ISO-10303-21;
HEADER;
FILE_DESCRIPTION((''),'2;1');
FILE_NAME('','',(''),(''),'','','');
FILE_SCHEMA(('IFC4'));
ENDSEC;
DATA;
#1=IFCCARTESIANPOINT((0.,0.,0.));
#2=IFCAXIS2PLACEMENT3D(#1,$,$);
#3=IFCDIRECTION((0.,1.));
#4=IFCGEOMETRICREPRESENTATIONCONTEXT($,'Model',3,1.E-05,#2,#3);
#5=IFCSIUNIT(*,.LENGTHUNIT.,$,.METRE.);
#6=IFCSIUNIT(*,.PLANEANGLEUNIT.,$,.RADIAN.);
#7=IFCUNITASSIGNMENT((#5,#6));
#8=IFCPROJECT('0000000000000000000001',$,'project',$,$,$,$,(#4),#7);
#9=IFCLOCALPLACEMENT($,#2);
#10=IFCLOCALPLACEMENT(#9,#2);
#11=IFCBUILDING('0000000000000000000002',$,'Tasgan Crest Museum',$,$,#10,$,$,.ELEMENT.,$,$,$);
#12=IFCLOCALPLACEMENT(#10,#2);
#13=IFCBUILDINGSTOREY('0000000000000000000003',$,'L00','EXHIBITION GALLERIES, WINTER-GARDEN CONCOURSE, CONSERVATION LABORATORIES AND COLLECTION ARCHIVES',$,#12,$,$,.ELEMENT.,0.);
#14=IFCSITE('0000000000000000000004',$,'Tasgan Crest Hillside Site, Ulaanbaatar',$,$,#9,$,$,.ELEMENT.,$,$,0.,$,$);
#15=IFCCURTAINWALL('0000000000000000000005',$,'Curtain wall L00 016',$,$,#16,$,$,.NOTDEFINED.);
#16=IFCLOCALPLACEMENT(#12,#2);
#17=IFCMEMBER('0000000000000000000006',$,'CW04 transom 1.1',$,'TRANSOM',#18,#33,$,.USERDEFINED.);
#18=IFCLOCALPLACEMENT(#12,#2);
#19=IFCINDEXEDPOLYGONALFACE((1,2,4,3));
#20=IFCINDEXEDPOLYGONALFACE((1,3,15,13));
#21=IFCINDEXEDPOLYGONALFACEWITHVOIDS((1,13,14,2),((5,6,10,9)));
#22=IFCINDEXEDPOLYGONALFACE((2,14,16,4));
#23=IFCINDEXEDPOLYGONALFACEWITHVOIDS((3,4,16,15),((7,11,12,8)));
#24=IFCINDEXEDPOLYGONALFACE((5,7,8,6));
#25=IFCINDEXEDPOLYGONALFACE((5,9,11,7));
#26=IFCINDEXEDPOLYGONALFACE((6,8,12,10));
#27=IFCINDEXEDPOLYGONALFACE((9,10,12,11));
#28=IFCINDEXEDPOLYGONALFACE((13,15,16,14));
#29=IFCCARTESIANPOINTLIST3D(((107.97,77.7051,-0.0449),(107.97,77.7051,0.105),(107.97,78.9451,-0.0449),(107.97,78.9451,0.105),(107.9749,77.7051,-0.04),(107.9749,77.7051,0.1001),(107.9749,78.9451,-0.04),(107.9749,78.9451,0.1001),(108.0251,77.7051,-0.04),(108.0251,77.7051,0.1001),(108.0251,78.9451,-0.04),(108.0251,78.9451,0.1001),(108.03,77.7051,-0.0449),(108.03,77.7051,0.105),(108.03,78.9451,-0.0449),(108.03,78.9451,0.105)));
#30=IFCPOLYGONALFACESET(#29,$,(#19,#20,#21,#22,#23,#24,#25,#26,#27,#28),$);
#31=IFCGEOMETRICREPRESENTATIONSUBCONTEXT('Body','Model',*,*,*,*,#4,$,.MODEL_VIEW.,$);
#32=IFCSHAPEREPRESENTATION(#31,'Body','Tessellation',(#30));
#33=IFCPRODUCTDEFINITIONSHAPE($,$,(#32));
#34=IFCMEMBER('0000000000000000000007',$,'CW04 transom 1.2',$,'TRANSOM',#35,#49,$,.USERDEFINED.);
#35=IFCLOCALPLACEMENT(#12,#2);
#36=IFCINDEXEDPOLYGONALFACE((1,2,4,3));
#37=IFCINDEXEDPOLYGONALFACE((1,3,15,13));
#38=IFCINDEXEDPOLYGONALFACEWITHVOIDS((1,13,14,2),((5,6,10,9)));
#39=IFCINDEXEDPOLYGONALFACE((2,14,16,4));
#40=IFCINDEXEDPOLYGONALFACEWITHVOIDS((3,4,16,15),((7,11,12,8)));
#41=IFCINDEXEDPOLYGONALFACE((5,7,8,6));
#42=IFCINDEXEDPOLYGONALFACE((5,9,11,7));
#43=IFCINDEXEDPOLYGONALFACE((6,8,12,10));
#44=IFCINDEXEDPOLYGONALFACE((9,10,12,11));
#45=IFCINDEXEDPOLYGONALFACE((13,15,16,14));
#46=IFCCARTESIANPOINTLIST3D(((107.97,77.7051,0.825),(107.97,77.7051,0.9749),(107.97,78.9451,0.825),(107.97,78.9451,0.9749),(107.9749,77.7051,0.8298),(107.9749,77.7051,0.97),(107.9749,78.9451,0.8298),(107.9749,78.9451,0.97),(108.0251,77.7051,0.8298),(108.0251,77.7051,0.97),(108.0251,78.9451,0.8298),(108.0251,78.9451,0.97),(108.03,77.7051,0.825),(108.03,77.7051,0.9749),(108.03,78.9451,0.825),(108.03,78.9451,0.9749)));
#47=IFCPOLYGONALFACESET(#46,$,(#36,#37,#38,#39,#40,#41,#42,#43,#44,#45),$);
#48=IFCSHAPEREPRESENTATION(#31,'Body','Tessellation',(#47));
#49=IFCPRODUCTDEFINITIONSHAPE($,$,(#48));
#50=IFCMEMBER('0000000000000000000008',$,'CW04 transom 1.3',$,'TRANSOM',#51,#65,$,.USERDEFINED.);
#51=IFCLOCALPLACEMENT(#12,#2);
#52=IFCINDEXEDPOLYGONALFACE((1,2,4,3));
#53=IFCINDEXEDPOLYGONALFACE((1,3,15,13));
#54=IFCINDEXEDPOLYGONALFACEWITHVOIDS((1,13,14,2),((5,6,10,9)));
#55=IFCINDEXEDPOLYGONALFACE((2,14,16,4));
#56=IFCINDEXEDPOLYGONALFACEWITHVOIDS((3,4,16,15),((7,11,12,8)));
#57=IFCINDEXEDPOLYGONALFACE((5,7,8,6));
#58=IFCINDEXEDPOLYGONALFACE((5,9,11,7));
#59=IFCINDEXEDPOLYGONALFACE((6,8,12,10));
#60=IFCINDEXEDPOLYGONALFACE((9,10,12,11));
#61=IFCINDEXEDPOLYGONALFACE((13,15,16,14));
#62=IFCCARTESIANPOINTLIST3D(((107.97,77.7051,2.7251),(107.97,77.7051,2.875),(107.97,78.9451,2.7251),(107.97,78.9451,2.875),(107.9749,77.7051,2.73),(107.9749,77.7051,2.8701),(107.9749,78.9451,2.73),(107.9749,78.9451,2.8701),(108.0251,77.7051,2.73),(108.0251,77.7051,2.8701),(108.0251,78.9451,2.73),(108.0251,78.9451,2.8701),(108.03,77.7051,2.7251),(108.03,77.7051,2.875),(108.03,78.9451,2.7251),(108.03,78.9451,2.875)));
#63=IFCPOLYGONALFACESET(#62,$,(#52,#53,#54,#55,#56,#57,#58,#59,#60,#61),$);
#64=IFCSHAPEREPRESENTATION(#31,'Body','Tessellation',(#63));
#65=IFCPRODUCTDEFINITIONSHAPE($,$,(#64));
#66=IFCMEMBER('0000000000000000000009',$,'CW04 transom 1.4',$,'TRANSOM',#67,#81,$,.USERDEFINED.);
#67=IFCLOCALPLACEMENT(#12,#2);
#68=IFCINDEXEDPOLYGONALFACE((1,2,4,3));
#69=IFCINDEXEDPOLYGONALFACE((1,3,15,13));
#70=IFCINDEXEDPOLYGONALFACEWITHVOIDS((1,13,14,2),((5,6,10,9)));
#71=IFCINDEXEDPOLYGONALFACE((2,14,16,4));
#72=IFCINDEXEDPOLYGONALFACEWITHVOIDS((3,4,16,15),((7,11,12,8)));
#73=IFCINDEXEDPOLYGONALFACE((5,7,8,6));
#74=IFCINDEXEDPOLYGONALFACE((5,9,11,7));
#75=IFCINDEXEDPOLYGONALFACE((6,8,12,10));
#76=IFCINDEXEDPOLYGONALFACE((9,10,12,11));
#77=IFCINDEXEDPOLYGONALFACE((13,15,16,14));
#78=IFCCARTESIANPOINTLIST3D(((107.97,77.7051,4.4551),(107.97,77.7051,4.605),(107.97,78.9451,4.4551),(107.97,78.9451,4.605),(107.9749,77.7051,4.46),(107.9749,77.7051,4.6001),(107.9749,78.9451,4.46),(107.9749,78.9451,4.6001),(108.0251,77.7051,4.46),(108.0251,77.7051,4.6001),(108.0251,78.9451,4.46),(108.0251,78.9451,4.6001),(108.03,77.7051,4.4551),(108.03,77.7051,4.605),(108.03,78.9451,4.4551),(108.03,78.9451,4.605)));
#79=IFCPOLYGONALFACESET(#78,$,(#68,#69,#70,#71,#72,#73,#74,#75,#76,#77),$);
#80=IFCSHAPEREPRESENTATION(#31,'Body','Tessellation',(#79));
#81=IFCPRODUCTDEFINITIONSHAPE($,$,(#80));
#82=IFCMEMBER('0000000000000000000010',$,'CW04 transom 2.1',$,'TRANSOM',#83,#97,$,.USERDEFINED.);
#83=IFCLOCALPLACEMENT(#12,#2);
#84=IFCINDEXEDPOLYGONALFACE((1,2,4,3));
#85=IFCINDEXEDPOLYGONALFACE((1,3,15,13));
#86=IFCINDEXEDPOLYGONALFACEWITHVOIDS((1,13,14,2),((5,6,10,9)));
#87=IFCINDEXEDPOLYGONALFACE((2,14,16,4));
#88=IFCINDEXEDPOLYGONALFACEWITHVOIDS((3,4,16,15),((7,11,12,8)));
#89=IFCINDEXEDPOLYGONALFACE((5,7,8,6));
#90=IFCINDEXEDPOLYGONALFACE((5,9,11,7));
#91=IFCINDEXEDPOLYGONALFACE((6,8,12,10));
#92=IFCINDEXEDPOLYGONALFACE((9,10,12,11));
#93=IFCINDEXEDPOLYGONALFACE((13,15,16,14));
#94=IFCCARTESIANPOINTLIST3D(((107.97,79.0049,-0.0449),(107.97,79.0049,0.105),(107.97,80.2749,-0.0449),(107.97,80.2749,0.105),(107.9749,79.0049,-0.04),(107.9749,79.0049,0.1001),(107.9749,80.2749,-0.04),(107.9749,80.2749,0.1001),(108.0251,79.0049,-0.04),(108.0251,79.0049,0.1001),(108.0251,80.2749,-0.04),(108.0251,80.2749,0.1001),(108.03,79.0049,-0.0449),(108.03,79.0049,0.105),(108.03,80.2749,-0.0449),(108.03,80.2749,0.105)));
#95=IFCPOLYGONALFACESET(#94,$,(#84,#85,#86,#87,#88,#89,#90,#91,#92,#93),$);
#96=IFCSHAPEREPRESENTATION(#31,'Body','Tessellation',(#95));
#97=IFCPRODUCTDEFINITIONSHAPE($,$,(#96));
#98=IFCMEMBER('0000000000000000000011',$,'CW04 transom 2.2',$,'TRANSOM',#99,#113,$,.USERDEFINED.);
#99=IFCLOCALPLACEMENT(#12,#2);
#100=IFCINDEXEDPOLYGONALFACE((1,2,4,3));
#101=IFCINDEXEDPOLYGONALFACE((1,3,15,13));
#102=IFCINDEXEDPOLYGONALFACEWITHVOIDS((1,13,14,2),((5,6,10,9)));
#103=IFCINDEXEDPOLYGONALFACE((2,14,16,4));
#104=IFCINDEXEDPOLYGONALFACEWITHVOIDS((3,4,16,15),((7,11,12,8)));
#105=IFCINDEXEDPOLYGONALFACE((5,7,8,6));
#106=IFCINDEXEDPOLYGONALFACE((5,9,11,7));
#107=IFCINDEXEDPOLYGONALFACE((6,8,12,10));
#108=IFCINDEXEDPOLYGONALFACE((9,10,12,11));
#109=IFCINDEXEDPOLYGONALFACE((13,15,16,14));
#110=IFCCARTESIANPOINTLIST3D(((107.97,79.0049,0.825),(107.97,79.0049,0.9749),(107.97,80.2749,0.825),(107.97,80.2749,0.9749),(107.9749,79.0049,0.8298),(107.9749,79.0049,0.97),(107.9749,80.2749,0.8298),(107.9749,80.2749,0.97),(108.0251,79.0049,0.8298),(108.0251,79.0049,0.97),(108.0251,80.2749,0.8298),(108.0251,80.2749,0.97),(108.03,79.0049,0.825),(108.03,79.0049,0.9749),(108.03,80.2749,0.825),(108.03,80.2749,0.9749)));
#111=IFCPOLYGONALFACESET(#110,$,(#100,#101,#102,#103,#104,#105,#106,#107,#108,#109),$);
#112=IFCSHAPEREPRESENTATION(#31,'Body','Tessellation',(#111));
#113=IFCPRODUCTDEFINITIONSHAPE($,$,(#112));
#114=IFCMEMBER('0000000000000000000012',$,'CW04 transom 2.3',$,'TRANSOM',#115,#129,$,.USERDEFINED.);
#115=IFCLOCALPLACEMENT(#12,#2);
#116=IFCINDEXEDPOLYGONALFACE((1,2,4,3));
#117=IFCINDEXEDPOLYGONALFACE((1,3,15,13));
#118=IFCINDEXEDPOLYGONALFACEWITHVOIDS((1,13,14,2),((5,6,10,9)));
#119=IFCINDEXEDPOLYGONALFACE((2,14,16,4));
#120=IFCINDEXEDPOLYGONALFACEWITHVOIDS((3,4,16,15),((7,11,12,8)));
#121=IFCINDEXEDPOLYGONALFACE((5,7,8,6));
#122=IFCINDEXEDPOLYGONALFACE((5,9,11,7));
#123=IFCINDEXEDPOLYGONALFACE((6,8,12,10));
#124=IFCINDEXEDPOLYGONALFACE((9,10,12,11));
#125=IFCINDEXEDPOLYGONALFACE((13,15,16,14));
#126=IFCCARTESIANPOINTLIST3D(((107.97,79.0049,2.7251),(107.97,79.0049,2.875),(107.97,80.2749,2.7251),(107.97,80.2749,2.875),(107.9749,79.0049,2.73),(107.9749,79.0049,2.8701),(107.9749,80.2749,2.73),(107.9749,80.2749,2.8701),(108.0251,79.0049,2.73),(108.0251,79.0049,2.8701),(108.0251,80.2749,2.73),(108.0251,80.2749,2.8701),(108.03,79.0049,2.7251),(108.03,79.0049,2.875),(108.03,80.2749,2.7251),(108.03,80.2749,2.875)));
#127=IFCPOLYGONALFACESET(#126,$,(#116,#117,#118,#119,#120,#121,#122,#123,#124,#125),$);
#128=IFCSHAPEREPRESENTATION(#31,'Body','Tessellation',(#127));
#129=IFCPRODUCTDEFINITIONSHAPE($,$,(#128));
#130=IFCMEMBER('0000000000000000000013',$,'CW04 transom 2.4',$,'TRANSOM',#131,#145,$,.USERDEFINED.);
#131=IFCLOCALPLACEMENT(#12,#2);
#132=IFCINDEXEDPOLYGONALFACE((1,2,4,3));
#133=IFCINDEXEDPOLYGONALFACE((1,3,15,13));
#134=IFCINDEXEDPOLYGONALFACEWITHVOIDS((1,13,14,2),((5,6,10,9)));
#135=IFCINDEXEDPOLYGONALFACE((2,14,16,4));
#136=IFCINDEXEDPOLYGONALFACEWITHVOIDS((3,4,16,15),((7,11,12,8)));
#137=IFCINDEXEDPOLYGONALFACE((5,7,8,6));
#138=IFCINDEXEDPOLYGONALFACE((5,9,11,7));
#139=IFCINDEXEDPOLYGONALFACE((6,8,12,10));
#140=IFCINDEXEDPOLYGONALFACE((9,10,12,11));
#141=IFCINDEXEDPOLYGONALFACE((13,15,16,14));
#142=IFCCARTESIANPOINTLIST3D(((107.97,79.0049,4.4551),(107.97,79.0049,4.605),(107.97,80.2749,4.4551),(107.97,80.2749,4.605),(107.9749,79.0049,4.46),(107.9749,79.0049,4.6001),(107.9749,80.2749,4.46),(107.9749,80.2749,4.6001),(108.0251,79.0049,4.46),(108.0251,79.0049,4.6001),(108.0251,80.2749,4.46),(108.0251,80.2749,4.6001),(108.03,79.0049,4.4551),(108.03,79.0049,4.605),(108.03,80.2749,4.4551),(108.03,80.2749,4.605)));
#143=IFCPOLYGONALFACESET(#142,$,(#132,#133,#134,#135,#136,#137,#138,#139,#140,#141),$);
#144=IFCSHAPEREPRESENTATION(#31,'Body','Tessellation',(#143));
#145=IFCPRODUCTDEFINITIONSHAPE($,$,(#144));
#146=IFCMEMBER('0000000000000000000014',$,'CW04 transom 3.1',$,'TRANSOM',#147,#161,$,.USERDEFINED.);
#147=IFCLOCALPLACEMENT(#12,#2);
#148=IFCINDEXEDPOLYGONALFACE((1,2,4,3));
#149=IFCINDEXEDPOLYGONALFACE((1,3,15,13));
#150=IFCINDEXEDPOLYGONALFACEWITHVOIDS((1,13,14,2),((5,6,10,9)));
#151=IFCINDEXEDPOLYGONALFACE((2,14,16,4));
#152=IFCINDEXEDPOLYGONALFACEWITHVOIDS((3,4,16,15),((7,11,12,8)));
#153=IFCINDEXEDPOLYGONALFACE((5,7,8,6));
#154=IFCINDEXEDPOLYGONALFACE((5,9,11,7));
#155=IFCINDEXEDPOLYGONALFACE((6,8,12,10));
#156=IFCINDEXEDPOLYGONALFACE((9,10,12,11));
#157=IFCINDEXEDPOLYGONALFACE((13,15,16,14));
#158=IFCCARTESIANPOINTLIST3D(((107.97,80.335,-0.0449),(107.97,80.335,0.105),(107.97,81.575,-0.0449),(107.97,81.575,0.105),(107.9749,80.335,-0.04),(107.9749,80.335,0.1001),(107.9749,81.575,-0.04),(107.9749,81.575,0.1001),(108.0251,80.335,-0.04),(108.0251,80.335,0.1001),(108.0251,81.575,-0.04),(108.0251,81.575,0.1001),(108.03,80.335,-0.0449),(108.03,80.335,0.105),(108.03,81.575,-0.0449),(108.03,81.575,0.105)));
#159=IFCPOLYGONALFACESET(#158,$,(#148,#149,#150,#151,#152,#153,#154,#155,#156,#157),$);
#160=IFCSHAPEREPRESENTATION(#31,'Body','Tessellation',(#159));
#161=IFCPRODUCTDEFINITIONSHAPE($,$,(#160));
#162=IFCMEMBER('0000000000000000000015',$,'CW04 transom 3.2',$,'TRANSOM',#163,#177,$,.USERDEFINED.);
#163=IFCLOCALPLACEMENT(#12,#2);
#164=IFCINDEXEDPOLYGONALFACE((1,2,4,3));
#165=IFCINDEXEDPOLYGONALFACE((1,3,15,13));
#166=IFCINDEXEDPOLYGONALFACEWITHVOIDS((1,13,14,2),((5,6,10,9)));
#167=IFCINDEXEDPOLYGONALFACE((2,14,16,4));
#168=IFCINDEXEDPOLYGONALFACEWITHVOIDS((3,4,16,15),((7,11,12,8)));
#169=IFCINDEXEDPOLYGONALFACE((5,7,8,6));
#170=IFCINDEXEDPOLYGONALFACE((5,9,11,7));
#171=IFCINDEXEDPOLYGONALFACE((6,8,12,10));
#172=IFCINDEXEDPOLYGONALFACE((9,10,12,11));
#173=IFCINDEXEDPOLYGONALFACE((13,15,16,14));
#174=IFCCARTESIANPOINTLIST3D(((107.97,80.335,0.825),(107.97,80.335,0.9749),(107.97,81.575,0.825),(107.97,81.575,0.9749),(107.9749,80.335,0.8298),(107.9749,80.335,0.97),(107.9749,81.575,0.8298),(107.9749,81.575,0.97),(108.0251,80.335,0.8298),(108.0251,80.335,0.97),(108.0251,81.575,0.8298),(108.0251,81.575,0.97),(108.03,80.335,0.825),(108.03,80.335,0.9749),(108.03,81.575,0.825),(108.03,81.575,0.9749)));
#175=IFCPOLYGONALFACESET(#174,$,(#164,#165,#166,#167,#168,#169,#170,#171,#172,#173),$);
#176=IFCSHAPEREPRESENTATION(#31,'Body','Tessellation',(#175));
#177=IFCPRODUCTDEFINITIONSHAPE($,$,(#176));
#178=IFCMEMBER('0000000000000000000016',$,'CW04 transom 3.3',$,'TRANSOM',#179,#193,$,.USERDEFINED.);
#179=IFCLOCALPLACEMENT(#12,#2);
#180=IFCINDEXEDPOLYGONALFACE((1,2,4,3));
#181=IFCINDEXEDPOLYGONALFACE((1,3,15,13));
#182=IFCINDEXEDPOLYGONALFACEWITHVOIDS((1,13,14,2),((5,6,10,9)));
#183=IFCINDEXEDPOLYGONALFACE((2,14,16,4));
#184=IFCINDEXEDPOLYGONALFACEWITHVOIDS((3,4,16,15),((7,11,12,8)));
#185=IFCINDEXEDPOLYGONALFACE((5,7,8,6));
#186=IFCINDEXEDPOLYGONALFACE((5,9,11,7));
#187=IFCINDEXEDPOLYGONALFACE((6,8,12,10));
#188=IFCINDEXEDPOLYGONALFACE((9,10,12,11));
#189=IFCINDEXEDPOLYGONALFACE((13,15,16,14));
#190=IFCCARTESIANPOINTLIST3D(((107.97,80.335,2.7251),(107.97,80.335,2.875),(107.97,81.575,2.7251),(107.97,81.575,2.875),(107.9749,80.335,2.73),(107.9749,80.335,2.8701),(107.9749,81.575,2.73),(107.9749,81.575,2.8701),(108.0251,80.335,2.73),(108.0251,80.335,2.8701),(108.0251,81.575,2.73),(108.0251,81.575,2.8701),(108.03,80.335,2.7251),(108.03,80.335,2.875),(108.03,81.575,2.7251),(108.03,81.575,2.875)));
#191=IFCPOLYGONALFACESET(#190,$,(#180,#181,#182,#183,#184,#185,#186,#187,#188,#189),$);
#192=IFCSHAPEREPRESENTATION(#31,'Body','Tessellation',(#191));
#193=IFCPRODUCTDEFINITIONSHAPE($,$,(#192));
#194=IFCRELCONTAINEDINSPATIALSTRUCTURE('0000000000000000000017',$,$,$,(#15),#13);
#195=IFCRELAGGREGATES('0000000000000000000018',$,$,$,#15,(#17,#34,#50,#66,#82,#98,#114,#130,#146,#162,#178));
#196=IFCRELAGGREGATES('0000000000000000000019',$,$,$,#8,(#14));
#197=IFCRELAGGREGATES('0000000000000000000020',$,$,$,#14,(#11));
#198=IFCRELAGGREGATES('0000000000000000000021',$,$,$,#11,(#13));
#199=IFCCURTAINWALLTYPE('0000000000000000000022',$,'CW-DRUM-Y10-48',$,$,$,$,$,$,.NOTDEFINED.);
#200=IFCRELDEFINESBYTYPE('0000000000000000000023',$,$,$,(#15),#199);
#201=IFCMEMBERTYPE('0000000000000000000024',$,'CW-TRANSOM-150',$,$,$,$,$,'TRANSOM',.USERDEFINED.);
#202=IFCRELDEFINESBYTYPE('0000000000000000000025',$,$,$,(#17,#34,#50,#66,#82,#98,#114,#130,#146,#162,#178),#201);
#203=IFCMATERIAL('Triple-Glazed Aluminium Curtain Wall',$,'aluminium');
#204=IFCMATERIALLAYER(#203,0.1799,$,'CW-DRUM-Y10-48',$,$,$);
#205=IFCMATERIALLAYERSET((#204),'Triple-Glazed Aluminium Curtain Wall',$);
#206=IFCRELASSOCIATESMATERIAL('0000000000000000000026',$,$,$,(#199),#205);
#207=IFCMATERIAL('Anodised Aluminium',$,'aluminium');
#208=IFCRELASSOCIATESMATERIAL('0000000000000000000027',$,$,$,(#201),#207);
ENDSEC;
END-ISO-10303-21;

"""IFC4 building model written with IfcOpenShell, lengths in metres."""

from ifc_helpers import new_model, si_unit, direction, frame, origin, origin_2d, place, context, subcontext, project, spatial, hollow_rectangle, extrude, material, layer, layer_set, material_profile, profile_set, type_object, element, aggregate, save


model = new_model("IFC4")

# Units and contexts
model_context = context("Model", 3, precision=1e-05, world=origin(), true_north=direction((0.0, 1.0)))
body_context = subcontext(model_context, "Body", "Model", "MODEL_VIEW")
ifc_project = project(units=[si_unit("LENGTHUNIT", "METRE"), si_unit("PLANEANGLEUNIT", "RADIAN")], contexts=[model_context])

# Site, building, storey
site_placement = place(None, origin())
site = spatial("IfcSite", under=ifc_project, at=site_placement, Name="Tasgan Crest Hillside Site, Ulaanbaatar", CompositionType="ELEMENT", RefElevation=0.0)
building_placement = place(site_placement, origin())
building = spatial("IfcBuilding", under=site, at=building_placement, Name="Tasgan Crest Museum", CompositionType="ELEMENT")
storey_placement = place(building_placement, origin())
storey = spatial("IfcBuildingStorey", under=building, at=storey_placement, Name="L00", Description="EXHIBITION GALLERIES, WINTER-GARDEN CONCOURSE, CONSERVATION LABORATORIES AND COLLECTION ARCHIVES", CompositionType="ELEMENT", Elevation=0.0)

# Curtain wall
ifc_material_1 = material(Name="Triple-Glazed Aluminium Curtain Wall", Category="aluminium")
ifc_layer_1 = layer(ifc_material_1, 0.1799, Name="CW-DRUM-Y10-48")
ifc_layer_set_1 = layer_set([ifc_layer_1], Name="Triple-Glazed Aluminium Curtain Wall")
curtain_wall_type = type_object("IfcCurtainWallType", Name="CW-DRUM-Y10-48", PredefinedType="NOTDEFINED", material=ifc_layer_set_1)
curtain_wall_1_placement = place(storey_placement, origin())
curtain_wall_1 = element("IfcCurtainWall", 1, at=curtain_wall_1_placement, inside=storey, type_object=curtain_wall_type, Name="Curtain wall L00 016", PredefinedType="NOTDEFINED")

# Members
ifc_material_2 = material(Name="Anodised Aluminium", Category="aluminium")
ifc_material_profile_1 = material_profile(ifc_material_2, hollow_rectangle(XDim=0.0601, YDim=0.1499, WallThickness=0.0049, at=origin_2d()), Name="ALU TRANSOM 150x60x5")
ifc_profile_set_1 = profile_set([ifc_material_profile_1], Name="Anodised Aluminium")
member_type_1 = type_object("IfcMemberType", Name="CW-TRANSOM-150", ElementType="TRANSOM", PredefinedType="USERDEFINED", material=ifc_profile_set_1)
member_1_placement = place(storey_placement, frame((108.0, 77.7051, 0.03), z_axis=(0.0, 1.0, 0.0), x_axis=(-1.0, 0.0, 0.0)))
member_1 = element("IfcMember", 2, at=member_1_placement, type_object=member_type_1, Name="CW04 transom 1.1", ObjectType="TRANSOM", PredefinedType="USERDEFINED", context=body_context, shape_type="SweptSolid", body=[
    extrude(hollow_rectangle(XDim=0.0601, YDim=0.1499, WallThickness=0.0049, at=origin_2d()), origin(), (0.0, 0.0, 1.0), 1.24),
])
member_2_placement = place(storey_placement, frame((108.0, 77.7051, 0.8999), z_axis=(0.0, 1.0, 0.0), x_axis=(-1.0, 0.0, 0.0)))
member_2 = element("IfcMember", 3, at=member_2_placement, type_object=member_type_1, Name="CW04 transom 1.2", ObjectType="TRANSOM", PredefinedType="USERDEFINED", context=body_context, shape_type="SweptSolid", body=[
    extrude(hollow_rectangle(XDim=0.0601, YDim=0.1499, WallThickness=0.0049, at=origin_2d()), origin(), (0.0, 0.0, 1.0), 1.24),
])
member_3_placement = place(storey_placement, frame((108.0, 77.7051, 2.8), z_axis=(0.0, 1.0, 0.0), x_axis=(-1.0, 0.0, 0.0)))
member_3 = element("IfcMember", 4, at=member_3_placement, type_object=member_type_1, Name="CW04 transom 1.3", ObjectType="TRANSOM", PredefinedType="USERDEFINED", context=body_context, shape_type="SweptSolid", body=[
    extrude(hollow_rectangle(XDim=0.0601, YDim=0.1499, WallThickness=0.0049, at=origin_2d()), origin(), (0.0, 0.0, 1.0), 1.24),
])
member_4_placement = place(storey_placement, frame((108.0, 77.7051, 4.53), z_axis=(0.0, 1.0, 0.0), x_axis=(-1.0, 0.0, 0.0)))
member_4 = element("IfcMember", 5, at=member_4_placement, type_object=member_type_1, Name="CW04 transom 1.4", ObjectType="TRANSOM", PredefinedType="USERDEFINED", context=body_context, shape_type="SweptSolid", body=[
    extrude(hollow_rectangle(XDim=0.0601, YDim=0.1499, WallThickness=0.0049, at=origin_2d()), origin(), (0.0, 0.0, 1.0), 1.24),
])
member_5_placement = place(storey_placement, frame((108.0, 79.0049, 0.03), z_axis=(0.0, 1.0, 0.0), x_axis=(-1.0, 0.0, 0.0)))
member_5 = element("IfcMember", 6, at=member_5_placement, type_object=member_type_1, Name="CW04 transom 2.1", ObjectType="TRANSOM", PredefinedType="USERDEFINED", context=body_context, shape_type="SweptSolid", body=[
    extrude(hollow_rectangle(XDim=0.0601, YDim=0.1499, WallThickness=0.0049, at=origin_2d()), origin(), (0.0, 0.0, 1.0), 1.27),
])
member_6_placement = place(storey_placement, frame((108.0, 79.0049, 0.8999), z_axis=(0.0, 1.0, 0.0), x_axis=(-1.0, 0.0, 0.0)))
member_6 = element("IfcMember", 7, at=member_6_placement, type_object=member_type_1, Name="CW04 transom 2.2", ObjectType="TRANSOM", PredefinedType="USERDEFINED", context=body_context, shape_type="SweptSolid", body=[
    extrude(hollow_rectangle(XDim=0.0601, YDim=0.1499, WallThickness=0.0049, at=origin_2d()), origin(), (0.0, 0.0, 1.0), 1.27),
])
member_7_placement = place(storey_placement, frame((108.0, 79.0049, 2.8), z_axis=(0.0, 1.0, 0.0), x_axis=(-1.0, 0.0, 0.0)))
member_7 = element("IfcMember", 8, at=member_7_placement, type_object=member_type_1, Name="CW04 transom 2.3", ObjectType="TRANSOM", PredefinedType="USERDEFINED", context=body_context, shape_type="SweptSolid", body=[
    extrude(hollow_rectangle(XDim=0.0601, YDim=0.1499, WallThickness=0.0049, at=origin_2d()), origin(), (0.0, 0.0, 1.0), 1.27),
])
member_8_placement = place(storey_placement, frame((108.0, 79.0049, 4.53), z_axis=(0.0, 1.0, 0.0), x_axis=(-1.0, 0.0, 0.0)))
member_8 = element("IfcMember", 9, at=member_8_placement, type_object=member_type_1, Name="CW04 transom 2.4", ObjectType="TRANSOM", PredefinedType="USERDEFINED", context=body_context, shape_type="SweptSolid", body=[
    extrude(hollow_rectangle(XDim=0.0601, YDim=0.1499, WallThickness=0.0049, at=origin_2d()), origin(), (0.0, 0.0, 1.0), 1.27),
])
member_9_placement = place(storey_placement, frame((108.0, 80.335, 0.03), z_axis=(0.0, 1.0, 0.0), x_axis=(-1.0, 0.0, 0.0)))
member_9 = element("IfcMember", 10, at=member_9_placement, type_object=member_type_1, Name="CW04 transom 3.1", ObjectType="TRANSOM", PredefinedType="USERDEFINED", context=body_context, shape_type="SweptSolid", body=[
    extrude(hollow_rectangle(XDim=0.0601, YDim=0.1499, WallThickness=0.0049, at=origin_2d()), origin(), (0.0, 0.0, 1.0), 1.24),
])
member_10_placement = place(storey_placement, frame((108.0, 80.335, 0.8999), z_axis=(0.0, 1.0, 0.0), x_axis=(-1.0, 0.0, 0.0)))
member_10 = element("IfcMember", 11, at=member_10_placement, type_object=member_type_1, Name="CW04 transom 3.2", ObjectType="TRANSOM", PredefinedType="USERDEFINED", context=body_context, shape_type="SweptSolid", body=[
    extrude(hollow_rectangle(XDim=0.0601, YDim=0.1499, WallThickness=0.0049, at=origin_2d()), origin(), (0.0, 0.0, 1.0), 1.24),
])
member_11_placement = place(storey_placement, frame((108.0, 80.335, 2.8), z_axis=(0.0, 1.0, 0.0), x_axis=(-1.0, 0.0, 0.0)))
member_11 = element("IfcMember", 12, at=member_11_placement, type_object=member_type_1, Name="CW04 transom 3.3", ObjectType="TRANSOM", PredefinedType="USERDEFINED", context=body_context, shape_type="SweptSolid", body=[
    extrude(hollow_rectangle(XDim=0.0601, YDim=0.1499, WallThickness=0.0049, at=origin_2d()), origin(), (0.0, 0.0, 1.0), 1.24),
])

aggregate(curtain_wall_1, [member_1, member_2, member_3, member_4, member_5, member_6, member_7, member_8, member_9, member_10, member_11])

save(model, "model.ifc")
